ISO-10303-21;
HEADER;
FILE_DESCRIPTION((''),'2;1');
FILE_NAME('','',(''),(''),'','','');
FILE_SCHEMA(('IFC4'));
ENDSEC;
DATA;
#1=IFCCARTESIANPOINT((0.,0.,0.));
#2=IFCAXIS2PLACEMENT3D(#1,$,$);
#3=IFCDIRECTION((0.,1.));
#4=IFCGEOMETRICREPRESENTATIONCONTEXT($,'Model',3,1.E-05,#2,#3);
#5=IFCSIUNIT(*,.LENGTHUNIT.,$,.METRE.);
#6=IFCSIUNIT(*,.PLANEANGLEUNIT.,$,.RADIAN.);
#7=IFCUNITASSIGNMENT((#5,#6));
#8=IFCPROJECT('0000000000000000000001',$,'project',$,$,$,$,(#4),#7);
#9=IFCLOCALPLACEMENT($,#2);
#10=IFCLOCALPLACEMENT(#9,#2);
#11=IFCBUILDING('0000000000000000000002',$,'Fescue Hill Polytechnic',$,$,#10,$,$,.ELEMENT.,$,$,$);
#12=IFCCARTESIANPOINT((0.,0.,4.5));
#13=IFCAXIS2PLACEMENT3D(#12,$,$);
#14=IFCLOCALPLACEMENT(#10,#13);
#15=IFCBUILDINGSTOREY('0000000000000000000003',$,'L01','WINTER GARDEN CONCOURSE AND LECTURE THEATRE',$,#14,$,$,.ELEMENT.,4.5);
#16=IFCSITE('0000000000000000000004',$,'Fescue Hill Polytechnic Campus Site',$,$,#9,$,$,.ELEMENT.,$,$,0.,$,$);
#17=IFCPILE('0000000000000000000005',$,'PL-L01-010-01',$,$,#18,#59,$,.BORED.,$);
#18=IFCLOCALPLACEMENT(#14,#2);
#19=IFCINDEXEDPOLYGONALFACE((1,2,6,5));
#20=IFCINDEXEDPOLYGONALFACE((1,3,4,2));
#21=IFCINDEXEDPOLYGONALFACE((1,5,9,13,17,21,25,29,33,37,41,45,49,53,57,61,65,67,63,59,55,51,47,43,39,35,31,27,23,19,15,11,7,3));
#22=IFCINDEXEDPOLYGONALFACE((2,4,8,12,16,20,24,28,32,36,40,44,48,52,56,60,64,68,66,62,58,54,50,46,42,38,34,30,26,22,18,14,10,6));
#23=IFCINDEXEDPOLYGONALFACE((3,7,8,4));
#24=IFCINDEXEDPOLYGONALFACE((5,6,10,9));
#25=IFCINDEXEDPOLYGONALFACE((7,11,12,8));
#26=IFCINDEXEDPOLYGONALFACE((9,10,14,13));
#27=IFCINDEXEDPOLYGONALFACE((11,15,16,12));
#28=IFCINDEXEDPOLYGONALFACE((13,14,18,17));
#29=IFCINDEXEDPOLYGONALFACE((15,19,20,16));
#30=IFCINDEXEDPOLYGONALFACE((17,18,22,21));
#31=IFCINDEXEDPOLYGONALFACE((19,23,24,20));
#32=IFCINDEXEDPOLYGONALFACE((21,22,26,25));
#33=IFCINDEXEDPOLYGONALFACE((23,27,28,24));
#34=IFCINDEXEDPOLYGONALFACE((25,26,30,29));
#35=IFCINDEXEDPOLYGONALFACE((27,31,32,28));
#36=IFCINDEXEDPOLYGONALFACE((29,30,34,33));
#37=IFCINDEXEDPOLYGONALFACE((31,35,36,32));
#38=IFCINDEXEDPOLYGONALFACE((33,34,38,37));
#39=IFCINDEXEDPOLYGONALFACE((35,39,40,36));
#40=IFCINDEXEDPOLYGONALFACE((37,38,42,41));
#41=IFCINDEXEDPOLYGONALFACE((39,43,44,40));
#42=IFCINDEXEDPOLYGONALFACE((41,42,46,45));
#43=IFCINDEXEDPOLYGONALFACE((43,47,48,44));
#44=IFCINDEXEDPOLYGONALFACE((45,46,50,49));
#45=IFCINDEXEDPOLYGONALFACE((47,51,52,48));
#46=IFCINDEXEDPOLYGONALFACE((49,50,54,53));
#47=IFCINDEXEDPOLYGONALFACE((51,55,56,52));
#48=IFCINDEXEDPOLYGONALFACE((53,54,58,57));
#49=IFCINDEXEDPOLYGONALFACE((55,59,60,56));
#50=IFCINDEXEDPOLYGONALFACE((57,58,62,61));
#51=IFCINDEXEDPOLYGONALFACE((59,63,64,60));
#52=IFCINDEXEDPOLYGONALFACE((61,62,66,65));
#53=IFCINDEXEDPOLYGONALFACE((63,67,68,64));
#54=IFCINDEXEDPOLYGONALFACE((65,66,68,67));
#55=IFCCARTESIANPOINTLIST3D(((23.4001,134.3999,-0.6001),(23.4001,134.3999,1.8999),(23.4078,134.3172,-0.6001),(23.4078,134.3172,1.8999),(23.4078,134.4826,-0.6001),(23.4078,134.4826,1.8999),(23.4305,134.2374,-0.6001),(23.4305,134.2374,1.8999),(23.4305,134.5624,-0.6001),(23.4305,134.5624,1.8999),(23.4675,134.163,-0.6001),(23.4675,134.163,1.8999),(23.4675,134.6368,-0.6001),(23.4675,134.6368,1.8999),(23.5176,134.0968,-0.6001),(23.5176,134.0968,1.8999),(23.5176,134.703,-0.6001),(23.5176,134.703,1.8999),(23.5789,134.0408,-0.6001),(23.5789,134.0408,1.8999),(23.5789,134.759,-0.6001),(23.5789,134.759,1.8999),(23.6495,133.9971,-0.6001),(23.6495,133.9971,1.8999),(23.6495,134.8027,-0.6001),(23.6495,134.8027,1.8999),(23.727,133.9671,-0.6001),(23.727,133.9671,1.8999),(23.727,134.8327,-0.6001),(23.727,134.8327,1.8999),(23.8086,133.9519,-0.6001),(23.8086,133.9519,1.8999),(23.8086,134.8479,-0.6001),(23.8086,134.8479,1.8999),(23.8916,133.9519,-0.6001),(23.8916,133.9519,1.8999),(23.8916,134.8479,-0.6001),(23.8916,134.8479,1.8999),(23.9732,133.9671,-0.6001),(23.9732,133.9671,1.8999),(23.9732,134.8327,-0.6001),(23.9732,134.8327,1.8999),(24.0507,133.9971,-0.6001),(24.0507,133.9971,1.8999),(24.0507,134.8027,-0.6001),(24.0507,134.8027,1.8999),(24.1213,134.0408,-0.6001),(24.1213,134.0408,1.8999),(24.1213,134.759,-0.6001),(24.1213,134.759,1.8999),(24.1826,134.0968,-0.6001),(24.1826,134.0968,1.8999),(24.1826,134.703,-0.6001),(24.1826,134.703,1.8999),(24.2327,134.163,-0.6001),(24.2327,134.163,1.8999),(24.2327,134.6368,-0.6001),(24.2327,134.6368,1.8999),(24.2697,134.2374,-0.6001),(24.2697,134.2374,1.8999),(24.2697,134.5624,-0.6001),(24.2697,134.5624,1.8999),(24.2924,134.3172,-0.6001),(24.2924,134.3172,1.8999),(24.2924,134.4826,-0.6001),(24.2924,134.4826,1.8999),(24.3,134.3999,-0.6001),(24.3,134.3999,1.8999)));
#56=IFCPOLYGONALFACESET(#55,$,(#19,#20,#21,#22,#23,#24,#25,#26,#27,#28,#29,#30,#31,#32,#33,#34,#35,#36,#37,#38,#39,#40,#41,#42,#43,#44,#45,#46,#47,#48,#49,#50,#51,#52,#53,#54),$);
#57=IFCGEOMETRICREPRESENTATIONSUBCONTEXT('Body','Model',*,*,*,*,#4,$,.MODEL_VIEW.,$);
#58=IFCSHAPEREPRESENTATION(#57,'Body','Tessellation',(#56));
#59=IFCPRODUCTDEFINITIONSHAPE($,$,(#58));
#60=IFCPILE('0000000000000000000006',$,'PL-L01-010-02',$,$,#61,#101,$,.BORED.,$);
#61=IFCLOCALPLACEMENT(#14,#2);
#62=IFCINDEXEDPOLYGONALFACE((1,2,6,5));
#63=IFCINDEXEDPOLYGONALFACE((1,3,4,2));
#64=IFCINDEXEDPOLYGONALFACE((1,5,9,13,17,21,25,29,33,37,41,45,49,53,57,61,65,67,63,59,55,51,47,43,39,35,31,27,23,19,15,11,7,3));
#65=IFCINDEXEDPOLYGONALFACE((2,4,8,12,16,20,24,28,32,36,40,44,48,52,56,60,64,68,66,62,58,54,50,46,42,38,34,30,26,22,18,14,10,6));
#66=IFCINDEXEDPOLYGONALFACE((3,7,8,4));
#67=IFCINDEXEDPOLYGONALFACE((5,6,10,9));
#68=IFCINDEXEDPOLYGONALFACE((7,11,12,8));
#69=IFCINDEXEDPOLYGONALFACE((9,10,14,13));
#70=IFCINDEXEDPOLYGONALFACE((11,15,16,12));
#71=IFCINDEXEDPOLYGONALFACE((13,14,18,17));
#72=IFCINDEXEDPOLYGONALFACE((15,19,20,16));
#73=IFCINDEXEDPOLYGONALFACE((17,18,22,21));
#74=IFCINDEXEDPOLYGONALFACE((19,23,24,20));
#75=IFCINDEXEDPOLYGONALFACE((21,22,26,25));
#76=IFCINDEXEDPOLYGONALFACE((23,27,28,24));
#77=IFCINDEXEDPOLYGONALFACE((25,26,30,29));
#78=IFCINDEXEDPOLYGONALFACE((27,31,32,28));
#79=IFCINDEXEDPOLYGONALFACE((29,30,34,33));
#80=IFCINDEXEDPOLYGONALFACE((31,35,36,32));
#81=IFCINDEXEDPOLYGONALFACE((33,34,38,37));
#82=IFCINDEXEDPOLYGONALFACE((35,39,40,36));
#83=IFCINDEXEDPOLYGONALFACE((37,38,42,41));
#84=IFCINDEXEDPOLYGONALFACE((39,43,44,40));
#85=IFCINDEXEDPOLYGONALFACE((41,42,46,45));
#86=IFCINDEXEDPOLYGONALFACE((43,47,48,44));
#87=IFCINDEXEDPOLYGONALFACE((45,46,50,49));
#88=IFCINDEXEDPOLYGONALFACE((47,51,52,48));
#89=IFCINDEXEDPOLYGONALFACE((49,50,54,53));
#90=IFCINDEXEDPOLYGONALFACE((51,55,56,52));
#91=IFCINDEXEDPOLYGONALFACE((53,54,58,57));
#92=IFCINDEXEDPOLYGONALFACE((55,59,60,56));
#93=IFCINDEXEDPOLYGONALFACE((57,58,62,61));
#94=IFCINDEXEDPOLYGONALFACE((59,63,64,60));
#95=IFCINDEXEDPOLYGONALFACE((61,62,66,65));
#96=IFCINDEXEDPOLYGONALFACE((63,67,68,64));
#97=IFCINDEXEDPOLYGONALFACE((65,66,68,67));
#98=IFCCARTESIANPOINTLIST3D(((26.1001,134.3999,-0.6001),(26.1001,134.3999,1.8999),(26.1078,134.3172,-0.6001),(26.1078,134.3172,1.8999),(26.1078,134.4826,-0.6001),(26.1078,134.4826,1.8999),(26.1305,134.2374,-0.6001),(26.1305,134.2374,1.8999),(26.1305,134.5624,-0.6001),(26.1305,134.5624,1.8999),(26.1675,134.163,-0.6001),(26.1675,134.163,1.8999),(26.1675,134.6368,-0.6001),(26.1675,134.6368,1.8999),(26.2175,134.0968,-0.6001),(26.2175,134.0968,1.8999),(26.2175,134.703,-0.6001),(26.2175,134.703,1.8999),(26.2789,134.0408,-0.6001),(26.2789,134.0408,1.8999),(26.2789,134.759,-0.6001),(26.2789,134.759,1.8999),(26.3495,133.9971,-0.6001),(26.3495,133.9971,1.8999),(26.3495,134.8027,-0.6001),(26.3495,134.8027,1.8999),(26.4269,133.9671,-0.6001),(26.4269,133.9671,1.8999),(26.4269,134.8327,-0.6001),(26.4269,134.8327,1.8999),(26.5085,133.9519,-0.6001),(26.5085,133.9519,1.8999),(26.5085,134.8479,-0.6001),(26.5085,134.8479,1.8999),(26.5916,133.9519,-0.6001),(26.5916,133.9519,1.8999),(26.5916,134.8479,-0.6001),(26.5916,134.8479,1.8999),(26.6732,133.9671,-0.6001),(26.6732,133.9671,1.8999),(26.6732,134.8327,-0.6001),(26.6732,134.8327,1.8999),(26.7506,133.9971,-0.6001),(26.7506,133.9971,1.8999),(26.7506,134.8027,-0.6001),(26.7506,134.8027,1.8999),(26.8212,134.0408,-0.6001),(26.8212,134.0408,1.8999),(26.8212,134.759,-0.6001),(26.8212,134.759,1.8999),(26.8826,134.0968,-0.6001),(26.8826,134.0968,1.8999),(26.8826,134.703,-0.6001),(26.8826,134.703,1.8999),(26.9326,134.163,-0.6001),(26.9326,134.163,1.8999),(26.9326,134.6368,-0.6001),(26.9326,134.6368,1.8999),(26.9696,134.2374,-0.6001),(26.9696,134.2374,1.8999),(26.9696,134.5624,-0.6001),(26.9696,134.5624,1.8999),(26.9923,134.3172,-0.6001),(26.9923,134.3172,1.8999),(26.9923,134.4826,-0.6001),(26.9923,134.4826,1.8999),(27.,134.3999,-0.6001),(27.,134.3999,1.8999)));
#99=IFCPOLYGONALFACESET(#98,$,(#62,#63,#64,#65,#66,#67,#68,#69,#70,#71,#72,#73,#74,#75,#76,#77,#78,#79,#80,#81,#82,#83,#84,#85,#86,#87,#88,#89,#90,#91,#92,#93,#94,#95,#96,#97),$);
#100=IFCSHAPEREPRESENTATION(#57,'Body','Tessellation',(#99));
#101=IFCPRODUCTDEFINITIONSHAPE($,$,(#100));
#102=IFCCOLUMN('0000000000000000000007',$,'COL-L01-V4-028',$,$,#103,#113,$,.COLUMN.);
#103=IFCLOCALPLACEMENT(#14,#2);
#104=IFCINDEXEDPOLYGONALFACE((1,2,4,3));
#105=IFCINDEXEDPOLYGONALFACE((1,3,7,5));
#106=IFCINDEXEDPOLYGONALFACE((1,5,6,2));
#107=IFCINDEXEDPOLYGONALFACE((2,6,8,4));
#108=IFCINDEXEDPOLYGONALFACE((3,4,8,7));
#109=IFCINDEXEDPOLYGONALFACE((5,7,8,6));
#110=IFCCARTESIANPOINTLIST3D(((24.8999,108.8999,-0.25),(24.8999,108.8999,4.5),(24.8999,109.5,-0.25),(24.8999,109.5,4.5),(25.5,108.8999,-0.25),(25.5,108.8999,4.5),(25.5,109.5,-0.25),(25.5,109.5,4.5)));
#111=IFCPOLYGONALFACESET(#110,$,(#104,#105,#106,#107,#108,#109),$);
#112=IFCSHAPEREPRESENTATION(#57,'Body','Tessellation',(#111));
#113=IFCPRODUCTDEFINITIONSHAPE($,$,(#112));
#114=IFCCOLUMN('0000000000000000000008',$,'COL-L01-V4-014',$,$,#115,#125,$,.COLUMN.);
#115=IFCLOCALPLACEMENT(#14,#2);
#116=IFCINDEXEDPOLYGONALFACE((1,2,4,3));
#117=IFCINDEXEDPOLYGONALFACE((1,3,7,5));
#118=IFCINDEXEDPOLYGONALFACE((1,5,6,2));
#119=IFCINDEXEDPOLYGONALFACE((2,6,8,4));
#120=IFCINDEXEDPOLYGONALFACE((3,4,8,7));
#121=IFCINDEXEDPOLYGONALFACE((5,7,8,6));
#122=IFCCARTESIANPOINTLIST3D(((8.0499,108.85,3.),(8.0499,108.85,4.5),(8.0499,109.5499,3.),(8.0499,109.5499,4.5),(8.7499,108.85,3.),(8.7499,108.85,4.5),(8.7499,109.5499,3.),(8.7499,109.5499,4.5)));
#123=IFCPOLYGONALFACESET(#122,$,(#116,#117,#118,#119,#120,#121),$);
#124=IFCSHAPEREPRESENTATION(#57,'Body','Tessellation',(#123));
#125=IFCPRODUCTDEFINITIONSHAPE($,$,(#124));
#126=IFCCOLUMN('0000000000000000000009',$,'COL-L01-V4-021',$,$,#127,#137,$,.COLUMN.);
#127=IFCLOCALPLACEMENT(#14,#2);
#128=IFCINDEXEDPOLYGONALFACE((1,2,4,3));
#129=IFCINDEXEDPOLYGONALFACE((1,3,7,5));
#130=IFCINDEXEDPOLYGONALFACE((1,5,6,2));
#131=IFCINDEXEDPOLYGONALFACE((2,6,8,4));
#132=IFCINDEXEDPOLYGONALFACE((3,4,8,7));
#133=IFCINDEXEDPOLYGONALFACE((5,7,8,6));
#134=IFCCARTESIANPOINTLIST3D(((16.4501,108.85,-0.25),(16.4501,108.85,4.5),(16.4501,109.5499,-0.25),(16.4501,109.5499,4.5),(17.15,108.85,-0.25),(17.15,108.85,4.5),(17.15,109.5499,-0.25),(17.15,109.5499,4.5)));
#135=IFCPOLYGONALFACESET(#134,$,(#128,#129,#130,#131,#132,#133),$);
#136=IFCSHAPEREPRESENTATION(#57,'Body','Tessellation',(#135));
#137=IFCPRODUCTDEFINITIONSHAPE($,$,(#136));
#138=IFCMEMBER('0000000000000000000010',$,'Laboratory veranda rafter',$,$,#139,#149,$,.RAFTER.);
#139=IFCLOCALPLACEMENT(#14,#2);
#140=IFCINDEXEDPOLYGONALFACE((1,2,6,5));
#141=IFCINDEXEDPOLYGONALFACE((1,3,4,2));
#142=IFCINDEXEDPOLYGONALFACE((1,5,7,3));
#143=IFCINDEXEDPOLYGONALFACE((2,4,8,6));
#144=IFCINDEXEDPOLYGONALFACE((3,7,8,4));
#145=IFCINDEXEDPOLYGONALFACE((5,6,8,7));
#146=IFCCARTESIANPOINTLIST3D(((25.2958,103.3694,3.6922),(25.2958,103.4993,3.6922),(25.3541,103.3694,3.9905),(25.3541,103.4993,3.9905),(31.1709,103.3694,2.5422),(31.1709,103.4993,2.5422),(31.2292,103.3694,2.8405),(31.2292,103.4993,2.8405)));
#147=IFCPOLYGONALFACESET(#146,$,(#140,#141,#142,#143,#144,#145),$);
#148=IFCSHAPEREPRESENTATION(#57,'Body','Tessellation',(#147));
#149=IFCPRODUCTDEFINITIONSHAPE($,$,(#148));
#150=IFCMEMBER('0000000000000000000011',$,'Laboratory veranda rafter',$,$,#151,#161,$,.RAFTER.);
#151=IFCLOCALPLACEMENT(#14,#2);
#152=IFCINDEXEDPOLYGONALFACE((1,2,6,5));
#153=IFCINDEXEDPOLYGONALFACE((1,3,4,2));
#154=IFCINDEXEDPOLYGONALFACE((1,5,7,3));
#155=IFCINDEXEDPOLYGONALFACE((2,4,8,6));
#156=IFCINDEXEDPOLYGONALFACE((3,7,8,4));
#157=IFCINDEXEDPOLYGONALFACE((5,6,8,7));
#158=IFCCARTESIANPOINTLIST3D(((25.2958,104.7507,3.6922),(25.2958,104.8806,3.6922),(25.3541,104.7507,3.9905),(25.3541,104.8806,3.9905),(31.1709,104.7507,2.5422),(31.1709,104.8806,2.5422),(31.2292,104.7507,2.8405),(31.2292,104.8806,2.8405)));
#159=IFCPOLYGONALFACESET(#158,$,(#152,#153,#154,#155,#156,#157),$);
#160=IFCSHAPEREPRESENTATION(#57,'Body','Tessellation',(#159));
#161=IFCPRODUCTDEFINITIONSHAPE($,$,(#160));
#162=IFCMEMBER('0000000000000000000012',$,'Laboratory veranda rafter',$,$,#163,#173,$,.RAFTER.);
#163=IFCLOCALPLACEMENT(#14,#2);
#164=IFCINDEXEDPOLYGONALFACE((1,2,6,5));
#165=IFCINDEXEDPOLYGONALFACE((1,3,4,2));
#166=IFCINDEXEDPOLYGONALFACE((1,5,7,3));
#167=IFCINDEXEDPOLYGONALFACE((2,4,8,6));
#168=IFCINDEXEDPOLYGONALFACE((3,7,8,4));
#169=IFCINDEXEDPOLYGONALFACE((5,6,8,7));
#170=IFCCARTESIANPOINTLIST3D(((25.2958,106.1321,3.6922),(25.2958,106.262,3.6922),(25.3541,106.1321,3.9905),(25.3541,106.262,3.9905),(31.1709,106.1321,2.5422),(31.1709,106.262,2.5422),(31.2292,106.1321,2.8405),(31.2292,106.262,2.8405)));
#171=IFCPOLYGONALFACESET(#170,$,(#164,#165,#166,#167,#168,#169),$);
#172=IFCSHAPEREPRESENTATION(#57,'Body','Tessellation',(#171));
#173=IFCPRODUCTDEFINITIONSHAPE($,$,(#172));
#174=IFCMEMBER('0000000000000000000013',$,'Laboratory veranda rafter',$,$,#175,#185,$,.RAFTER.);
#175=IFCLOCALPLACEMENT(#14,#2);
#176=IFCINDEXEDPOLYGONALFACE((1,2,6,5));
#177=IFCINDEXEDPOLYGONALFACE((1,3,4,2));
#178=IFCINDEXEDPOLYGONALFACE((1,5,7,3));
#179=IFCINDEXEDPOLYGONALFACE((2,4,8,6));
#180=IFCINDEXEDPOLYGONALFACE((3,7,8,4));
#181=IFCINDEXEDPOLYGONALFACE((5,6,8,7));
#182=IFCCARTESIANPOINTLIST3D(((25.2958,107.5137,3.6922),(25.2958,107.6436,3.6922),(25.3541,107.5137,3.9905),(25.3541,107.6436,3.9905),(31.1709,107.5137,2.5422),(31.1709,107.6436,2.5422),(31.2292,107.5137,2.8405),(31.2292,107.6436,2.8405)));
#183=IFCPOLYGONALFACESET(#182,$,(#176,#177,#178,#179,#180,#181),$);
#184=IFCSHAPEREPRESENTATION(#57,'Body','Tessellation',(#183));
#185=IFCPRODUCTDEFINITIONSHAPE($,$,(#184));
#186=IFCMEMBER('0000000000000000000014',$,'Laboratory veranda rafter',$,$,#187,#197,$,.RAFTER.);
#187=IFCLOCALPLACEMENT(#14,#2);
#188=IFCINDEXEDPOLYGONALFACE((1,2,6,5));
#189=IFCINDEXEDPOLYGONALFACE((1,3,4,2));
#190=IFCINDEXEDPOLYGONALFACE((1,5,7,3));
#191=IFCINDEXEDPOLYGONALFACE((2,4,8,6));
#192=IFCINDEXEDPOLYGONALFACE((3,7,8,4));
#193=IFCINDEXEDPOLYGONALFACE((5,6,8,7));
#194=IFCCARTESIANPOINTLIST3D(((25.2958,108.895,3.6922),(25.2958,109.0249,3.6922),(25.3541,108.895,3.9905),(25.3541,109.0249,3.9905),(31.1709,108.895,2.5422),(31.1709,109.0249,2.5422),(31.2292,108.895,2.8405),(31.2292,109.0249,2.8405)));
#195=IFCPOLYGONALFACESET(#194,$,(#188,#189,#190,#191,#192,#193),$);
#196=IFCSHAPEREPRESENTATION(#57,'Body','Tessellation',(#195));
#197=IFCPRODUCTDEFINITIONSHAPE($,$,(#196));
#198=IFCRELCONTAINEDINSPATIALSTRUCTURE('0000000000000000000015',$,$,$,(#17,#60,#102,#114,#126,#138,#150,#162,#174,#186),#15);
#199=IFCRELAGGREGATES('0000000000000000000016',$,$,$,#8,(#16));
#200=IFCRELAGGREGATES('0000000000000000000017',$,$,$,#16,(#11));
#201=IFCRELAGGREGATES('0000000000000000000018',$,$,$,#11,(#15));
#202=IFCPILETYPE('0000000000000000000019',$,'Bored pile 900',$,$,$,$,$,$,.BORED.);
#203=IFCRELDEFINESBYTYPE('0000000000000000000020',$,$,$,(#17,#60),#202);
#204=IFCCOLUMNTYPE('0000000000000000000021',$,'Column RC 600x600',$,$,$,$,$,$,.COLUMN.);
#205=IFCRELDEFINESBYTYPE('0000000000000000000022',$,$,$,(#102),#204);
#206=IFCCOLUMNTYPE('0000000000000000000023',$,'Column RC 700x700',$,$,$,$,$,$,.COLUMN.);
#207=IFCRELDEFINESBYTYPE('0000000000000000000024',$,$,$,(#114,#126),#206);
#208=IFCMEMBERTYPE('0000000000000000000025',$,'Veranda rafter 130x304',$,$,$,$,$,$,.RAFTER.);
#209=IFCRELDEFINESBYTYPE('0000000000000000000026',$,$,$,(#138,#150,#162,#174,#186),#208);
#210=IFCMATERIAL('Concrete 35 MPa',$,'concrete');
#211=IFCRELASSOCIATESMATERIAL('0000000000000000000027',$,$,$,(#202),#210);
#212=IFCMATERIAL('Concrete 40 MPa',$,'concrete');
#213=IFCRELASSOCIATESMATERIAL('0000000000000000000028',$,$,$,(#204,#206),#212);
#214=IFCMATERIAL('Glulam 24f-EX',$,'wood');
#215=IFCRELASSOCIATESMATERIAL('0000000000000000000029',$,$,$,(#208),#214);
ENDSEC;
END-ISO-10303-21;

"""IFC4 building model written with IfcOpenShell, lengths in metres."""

from ifc_helpers import new_model, si_unit, direction, frame, origin, origin_2d, place, context, subcontext, project, spatial, rectangle, circle, extrude, material, material_profile, profile_set, type_object, element, save


model = new_model("IFC4")

# Units and contexts
model_context = context("Model", 3, precision=1e-05, world=origin(), true_north=direction((0.0, 1.0)))
body_context = subcontext(model_context, "Body", "Model", "MODEL_VIEW")
ifc_project = project(units=[si_unit("LENGTHUNIT", "METRE"), si_unit("PLANEANGLEUNIT", "RADIAN")], contexts=[model_context])

# Site, building, storey
site_placement = place(None, origin())
site = spatial("IfcSite", under=ifc_project, at=site_placement, Name="Fescue Hill Polytechnic Campus Site", CompositionType="ELEMENT", RefElevation=0.0)
building_placement = place(site_placement, origin())
building = spatial("IfcBuilding", under=site, at=building_placement, Name="Fescue Hill Polytechnic", CompositionType="ELEMENT")
storey_placement = place(building_placement, frame((0.0, 0.0, 4.5)))
storey = spatial("IfcBuildingStorey", under=building, at=storey_placement, Name="L01", Description="WINTER GARDEN CONCOURSE AND LECTURE THEATRE", CompositionType="ELEMENT", Elevation=4.5)

# Piles
ifc_material_1 = material(Name="Concrete 35 MPa", Category="concrete")
ifc_material_profile_1 = material_profile(ifc_material_1, circle(Radius=0.45, at=origin_2d()), Name="Bored pile 900")
ifc_profile_set_1 = profile_set([ifc_material_profile_1], Name="Concrete 35 MPa")
pile_type = type_object("IfcPileType", Name="Bored pile 900", PredefinedType="BORED", material=ifc_profile_set_1)
for number, where, z_axis, x_axis, name in (
    (1, (23.8501, 134.3999, 1.8999), (0.0, 0.0, -1.0), (1.0, 0.0, 0.0), "PL-L01-010-01"),
    (2, (26.55, 134.3999, 1.8999), (0.0, 0.0, -1.0), (1.0, 0.0, 0.0), "PL-L01-010-02"),
):
    element("IfcPile", number, at=place(storey_placement, frame(where, z_axis=z_axis, x_axis=x_axis)), inside=storey, type_object=pile_type, Name=name, PredefinedType="BORED", context=body_context, shape_type="SweptSolid", body=[
        extrude(circle(Radius=0.45, at=origin_2d()), origin(), (0.0, 0.0, 1.0), 2.5),
    ])

# Columns
ifc_material_2 = material(Name="Concrete 40 MPa", Category="concrete")
ifc_material_profile_2 = material_profile(ifc_material_2, rectangle(XDim=0.6001, YDim=0.6001, at=origin_2d()), Name="RC 600x600")
ifc_profile_set_2 = profile_set([ifc_material_profile_2], Name="Concrete 40 MPa")
column_type_1 = type_object("IfcColumnType", Name="Column RC 600x600", PredefinedType="COLUMN", material=ifc_profile_set_2)
column_1_placement = place(storey_placement, frame((25.2, 109.2, -0.25), z_axis=(0.0, 0.0, 1.0), x_axis=(1.0, 0.0, 0.0)))
element("IfcColumn", 3, at=column_1_placement, inside=storey, type_object=column_type_1, Name="COL-L01-V4-028", PredefinedType="COLUMN", context=body_context, shape_type="SweptSolid", body=[
    extrude(rectangle(XDim=0.6001, YDim=0.6001, at=origin_2d()), origin(), (0.0, 0.0, 1.0), 4.75),
])
ifc_material_profile_3 = material_profile(ifc_material_2, rectangle(XDim=0.7, YDim=0.7, at=origin_2d()), Name="RC 700x700")
ifc_profile_set_3 = profile_set([ifc_material_profile_3], Name="Concrete 40 MPa")
column_type_2 = type_object("IfcColumnType", Name="Column RC 700x700", PredefinedType="COLUMN", material=ifc_profile_set_3)
column_2_placement = place(storey_placement, frame((8.3999, 109.2, 3.0), z_axis=(0.0, 0.0, 1.0), x_axis=(1.0, 0.0, 0.0)))
element("IfcColumn", 4, at=column_2_placement, inside=storey, type_object=column_type_2, Name="COL-L01-V4-014", PredefinedType="COLUMN", context=body_context, shape_type="SweptSolid", body=[
    extrude(rectangle(XDim=0.7, YDim=0.7, at=origin_2d()), origin(), (0.0, 0.0, 1.0), 1.5),
])
column_3_placement = place(storey_placement, frame((16.8, 109.2, -0.25), z_axis=(0.0, 0.0, 1.0), x_axis=(1.0, 0.0, 0.0)))
element("IfcColumn", 5, at=column_3_placement, inside=storey, type_object=column_type_2, Name="COL-L01-V4-021", PredefinedType="COLUMN", context=body_context, shape_type="SweptSolid", body=[
    extrude(rectangle(XDim=0.7, YDim=0.7, at=origin_2d()), origin(), (0.0, 0.0, 1.0), 4.75),
])

# Members
ifc_material_3 = material(Name="Glulam 24f-EX", Category="wood")
ifc_material_profile_4 = material_profile(ifc_material_3, rectangle(XDim=0.1299, YDim=0.304, at=origin_2d()), Name="Veranda rafter 130x304")
ifc_profile_set_4 = profile_set([ifc_material_profile_4], Name="Glulam 24f-EX")
member_type = type_object("IfcMemberType", Name="Veranda rafter 130x304", PredefinedType="RAFTER", material=ifc_profile_set_4)
for number, where, z_axis, x_axis, name in (
    (6, (25.325, 103.4343, 3.8413), (0.981379, 0.0, -0.192083), (0.0, 1.0, 0.0), "Laboratory veranda rafter"),
    (7, (25.325, 104.8157, 3.8413), (0.981379, 0.0, -0.192083), (0.0, 1.0, 0.0), "Laboratory veranda rafter"),
    (8, (25.325, 106.197, 3.8413), (0.981379, 0.0, -0.192083), (0.0, 1.0, 0.0), "Laboratory veranda rafter"),
    (9, (25.325, 107.5786, 3.8413), (0.981379, 0.0, -0.192083), (0.0, 1.0, 0.0), "Laboratory veranda rafter"),
    (10, (25.325, 108.96, 3.8413), (0.981379, 0.0, -0.192083), (0.0, 1.0, 0.0), "Laboratory veranda rafter"),
):
    element("IfcMember", number, at=place(storey_placement, frame(where, z_axis=z_axis, x_axis=x_axis)), inside=storey, type_object=member_type, Name=name, PredefinedType="RAFTER", context=body_context, shape_type="SweptSolid", body=[
        extrude(rectangle(XDim=0.1299, YDim=0.304, at=origin_2d()), origin(), (0.0, 0.0, 1.0), 5.9866),
    ])

save(model, "model.ifc")
